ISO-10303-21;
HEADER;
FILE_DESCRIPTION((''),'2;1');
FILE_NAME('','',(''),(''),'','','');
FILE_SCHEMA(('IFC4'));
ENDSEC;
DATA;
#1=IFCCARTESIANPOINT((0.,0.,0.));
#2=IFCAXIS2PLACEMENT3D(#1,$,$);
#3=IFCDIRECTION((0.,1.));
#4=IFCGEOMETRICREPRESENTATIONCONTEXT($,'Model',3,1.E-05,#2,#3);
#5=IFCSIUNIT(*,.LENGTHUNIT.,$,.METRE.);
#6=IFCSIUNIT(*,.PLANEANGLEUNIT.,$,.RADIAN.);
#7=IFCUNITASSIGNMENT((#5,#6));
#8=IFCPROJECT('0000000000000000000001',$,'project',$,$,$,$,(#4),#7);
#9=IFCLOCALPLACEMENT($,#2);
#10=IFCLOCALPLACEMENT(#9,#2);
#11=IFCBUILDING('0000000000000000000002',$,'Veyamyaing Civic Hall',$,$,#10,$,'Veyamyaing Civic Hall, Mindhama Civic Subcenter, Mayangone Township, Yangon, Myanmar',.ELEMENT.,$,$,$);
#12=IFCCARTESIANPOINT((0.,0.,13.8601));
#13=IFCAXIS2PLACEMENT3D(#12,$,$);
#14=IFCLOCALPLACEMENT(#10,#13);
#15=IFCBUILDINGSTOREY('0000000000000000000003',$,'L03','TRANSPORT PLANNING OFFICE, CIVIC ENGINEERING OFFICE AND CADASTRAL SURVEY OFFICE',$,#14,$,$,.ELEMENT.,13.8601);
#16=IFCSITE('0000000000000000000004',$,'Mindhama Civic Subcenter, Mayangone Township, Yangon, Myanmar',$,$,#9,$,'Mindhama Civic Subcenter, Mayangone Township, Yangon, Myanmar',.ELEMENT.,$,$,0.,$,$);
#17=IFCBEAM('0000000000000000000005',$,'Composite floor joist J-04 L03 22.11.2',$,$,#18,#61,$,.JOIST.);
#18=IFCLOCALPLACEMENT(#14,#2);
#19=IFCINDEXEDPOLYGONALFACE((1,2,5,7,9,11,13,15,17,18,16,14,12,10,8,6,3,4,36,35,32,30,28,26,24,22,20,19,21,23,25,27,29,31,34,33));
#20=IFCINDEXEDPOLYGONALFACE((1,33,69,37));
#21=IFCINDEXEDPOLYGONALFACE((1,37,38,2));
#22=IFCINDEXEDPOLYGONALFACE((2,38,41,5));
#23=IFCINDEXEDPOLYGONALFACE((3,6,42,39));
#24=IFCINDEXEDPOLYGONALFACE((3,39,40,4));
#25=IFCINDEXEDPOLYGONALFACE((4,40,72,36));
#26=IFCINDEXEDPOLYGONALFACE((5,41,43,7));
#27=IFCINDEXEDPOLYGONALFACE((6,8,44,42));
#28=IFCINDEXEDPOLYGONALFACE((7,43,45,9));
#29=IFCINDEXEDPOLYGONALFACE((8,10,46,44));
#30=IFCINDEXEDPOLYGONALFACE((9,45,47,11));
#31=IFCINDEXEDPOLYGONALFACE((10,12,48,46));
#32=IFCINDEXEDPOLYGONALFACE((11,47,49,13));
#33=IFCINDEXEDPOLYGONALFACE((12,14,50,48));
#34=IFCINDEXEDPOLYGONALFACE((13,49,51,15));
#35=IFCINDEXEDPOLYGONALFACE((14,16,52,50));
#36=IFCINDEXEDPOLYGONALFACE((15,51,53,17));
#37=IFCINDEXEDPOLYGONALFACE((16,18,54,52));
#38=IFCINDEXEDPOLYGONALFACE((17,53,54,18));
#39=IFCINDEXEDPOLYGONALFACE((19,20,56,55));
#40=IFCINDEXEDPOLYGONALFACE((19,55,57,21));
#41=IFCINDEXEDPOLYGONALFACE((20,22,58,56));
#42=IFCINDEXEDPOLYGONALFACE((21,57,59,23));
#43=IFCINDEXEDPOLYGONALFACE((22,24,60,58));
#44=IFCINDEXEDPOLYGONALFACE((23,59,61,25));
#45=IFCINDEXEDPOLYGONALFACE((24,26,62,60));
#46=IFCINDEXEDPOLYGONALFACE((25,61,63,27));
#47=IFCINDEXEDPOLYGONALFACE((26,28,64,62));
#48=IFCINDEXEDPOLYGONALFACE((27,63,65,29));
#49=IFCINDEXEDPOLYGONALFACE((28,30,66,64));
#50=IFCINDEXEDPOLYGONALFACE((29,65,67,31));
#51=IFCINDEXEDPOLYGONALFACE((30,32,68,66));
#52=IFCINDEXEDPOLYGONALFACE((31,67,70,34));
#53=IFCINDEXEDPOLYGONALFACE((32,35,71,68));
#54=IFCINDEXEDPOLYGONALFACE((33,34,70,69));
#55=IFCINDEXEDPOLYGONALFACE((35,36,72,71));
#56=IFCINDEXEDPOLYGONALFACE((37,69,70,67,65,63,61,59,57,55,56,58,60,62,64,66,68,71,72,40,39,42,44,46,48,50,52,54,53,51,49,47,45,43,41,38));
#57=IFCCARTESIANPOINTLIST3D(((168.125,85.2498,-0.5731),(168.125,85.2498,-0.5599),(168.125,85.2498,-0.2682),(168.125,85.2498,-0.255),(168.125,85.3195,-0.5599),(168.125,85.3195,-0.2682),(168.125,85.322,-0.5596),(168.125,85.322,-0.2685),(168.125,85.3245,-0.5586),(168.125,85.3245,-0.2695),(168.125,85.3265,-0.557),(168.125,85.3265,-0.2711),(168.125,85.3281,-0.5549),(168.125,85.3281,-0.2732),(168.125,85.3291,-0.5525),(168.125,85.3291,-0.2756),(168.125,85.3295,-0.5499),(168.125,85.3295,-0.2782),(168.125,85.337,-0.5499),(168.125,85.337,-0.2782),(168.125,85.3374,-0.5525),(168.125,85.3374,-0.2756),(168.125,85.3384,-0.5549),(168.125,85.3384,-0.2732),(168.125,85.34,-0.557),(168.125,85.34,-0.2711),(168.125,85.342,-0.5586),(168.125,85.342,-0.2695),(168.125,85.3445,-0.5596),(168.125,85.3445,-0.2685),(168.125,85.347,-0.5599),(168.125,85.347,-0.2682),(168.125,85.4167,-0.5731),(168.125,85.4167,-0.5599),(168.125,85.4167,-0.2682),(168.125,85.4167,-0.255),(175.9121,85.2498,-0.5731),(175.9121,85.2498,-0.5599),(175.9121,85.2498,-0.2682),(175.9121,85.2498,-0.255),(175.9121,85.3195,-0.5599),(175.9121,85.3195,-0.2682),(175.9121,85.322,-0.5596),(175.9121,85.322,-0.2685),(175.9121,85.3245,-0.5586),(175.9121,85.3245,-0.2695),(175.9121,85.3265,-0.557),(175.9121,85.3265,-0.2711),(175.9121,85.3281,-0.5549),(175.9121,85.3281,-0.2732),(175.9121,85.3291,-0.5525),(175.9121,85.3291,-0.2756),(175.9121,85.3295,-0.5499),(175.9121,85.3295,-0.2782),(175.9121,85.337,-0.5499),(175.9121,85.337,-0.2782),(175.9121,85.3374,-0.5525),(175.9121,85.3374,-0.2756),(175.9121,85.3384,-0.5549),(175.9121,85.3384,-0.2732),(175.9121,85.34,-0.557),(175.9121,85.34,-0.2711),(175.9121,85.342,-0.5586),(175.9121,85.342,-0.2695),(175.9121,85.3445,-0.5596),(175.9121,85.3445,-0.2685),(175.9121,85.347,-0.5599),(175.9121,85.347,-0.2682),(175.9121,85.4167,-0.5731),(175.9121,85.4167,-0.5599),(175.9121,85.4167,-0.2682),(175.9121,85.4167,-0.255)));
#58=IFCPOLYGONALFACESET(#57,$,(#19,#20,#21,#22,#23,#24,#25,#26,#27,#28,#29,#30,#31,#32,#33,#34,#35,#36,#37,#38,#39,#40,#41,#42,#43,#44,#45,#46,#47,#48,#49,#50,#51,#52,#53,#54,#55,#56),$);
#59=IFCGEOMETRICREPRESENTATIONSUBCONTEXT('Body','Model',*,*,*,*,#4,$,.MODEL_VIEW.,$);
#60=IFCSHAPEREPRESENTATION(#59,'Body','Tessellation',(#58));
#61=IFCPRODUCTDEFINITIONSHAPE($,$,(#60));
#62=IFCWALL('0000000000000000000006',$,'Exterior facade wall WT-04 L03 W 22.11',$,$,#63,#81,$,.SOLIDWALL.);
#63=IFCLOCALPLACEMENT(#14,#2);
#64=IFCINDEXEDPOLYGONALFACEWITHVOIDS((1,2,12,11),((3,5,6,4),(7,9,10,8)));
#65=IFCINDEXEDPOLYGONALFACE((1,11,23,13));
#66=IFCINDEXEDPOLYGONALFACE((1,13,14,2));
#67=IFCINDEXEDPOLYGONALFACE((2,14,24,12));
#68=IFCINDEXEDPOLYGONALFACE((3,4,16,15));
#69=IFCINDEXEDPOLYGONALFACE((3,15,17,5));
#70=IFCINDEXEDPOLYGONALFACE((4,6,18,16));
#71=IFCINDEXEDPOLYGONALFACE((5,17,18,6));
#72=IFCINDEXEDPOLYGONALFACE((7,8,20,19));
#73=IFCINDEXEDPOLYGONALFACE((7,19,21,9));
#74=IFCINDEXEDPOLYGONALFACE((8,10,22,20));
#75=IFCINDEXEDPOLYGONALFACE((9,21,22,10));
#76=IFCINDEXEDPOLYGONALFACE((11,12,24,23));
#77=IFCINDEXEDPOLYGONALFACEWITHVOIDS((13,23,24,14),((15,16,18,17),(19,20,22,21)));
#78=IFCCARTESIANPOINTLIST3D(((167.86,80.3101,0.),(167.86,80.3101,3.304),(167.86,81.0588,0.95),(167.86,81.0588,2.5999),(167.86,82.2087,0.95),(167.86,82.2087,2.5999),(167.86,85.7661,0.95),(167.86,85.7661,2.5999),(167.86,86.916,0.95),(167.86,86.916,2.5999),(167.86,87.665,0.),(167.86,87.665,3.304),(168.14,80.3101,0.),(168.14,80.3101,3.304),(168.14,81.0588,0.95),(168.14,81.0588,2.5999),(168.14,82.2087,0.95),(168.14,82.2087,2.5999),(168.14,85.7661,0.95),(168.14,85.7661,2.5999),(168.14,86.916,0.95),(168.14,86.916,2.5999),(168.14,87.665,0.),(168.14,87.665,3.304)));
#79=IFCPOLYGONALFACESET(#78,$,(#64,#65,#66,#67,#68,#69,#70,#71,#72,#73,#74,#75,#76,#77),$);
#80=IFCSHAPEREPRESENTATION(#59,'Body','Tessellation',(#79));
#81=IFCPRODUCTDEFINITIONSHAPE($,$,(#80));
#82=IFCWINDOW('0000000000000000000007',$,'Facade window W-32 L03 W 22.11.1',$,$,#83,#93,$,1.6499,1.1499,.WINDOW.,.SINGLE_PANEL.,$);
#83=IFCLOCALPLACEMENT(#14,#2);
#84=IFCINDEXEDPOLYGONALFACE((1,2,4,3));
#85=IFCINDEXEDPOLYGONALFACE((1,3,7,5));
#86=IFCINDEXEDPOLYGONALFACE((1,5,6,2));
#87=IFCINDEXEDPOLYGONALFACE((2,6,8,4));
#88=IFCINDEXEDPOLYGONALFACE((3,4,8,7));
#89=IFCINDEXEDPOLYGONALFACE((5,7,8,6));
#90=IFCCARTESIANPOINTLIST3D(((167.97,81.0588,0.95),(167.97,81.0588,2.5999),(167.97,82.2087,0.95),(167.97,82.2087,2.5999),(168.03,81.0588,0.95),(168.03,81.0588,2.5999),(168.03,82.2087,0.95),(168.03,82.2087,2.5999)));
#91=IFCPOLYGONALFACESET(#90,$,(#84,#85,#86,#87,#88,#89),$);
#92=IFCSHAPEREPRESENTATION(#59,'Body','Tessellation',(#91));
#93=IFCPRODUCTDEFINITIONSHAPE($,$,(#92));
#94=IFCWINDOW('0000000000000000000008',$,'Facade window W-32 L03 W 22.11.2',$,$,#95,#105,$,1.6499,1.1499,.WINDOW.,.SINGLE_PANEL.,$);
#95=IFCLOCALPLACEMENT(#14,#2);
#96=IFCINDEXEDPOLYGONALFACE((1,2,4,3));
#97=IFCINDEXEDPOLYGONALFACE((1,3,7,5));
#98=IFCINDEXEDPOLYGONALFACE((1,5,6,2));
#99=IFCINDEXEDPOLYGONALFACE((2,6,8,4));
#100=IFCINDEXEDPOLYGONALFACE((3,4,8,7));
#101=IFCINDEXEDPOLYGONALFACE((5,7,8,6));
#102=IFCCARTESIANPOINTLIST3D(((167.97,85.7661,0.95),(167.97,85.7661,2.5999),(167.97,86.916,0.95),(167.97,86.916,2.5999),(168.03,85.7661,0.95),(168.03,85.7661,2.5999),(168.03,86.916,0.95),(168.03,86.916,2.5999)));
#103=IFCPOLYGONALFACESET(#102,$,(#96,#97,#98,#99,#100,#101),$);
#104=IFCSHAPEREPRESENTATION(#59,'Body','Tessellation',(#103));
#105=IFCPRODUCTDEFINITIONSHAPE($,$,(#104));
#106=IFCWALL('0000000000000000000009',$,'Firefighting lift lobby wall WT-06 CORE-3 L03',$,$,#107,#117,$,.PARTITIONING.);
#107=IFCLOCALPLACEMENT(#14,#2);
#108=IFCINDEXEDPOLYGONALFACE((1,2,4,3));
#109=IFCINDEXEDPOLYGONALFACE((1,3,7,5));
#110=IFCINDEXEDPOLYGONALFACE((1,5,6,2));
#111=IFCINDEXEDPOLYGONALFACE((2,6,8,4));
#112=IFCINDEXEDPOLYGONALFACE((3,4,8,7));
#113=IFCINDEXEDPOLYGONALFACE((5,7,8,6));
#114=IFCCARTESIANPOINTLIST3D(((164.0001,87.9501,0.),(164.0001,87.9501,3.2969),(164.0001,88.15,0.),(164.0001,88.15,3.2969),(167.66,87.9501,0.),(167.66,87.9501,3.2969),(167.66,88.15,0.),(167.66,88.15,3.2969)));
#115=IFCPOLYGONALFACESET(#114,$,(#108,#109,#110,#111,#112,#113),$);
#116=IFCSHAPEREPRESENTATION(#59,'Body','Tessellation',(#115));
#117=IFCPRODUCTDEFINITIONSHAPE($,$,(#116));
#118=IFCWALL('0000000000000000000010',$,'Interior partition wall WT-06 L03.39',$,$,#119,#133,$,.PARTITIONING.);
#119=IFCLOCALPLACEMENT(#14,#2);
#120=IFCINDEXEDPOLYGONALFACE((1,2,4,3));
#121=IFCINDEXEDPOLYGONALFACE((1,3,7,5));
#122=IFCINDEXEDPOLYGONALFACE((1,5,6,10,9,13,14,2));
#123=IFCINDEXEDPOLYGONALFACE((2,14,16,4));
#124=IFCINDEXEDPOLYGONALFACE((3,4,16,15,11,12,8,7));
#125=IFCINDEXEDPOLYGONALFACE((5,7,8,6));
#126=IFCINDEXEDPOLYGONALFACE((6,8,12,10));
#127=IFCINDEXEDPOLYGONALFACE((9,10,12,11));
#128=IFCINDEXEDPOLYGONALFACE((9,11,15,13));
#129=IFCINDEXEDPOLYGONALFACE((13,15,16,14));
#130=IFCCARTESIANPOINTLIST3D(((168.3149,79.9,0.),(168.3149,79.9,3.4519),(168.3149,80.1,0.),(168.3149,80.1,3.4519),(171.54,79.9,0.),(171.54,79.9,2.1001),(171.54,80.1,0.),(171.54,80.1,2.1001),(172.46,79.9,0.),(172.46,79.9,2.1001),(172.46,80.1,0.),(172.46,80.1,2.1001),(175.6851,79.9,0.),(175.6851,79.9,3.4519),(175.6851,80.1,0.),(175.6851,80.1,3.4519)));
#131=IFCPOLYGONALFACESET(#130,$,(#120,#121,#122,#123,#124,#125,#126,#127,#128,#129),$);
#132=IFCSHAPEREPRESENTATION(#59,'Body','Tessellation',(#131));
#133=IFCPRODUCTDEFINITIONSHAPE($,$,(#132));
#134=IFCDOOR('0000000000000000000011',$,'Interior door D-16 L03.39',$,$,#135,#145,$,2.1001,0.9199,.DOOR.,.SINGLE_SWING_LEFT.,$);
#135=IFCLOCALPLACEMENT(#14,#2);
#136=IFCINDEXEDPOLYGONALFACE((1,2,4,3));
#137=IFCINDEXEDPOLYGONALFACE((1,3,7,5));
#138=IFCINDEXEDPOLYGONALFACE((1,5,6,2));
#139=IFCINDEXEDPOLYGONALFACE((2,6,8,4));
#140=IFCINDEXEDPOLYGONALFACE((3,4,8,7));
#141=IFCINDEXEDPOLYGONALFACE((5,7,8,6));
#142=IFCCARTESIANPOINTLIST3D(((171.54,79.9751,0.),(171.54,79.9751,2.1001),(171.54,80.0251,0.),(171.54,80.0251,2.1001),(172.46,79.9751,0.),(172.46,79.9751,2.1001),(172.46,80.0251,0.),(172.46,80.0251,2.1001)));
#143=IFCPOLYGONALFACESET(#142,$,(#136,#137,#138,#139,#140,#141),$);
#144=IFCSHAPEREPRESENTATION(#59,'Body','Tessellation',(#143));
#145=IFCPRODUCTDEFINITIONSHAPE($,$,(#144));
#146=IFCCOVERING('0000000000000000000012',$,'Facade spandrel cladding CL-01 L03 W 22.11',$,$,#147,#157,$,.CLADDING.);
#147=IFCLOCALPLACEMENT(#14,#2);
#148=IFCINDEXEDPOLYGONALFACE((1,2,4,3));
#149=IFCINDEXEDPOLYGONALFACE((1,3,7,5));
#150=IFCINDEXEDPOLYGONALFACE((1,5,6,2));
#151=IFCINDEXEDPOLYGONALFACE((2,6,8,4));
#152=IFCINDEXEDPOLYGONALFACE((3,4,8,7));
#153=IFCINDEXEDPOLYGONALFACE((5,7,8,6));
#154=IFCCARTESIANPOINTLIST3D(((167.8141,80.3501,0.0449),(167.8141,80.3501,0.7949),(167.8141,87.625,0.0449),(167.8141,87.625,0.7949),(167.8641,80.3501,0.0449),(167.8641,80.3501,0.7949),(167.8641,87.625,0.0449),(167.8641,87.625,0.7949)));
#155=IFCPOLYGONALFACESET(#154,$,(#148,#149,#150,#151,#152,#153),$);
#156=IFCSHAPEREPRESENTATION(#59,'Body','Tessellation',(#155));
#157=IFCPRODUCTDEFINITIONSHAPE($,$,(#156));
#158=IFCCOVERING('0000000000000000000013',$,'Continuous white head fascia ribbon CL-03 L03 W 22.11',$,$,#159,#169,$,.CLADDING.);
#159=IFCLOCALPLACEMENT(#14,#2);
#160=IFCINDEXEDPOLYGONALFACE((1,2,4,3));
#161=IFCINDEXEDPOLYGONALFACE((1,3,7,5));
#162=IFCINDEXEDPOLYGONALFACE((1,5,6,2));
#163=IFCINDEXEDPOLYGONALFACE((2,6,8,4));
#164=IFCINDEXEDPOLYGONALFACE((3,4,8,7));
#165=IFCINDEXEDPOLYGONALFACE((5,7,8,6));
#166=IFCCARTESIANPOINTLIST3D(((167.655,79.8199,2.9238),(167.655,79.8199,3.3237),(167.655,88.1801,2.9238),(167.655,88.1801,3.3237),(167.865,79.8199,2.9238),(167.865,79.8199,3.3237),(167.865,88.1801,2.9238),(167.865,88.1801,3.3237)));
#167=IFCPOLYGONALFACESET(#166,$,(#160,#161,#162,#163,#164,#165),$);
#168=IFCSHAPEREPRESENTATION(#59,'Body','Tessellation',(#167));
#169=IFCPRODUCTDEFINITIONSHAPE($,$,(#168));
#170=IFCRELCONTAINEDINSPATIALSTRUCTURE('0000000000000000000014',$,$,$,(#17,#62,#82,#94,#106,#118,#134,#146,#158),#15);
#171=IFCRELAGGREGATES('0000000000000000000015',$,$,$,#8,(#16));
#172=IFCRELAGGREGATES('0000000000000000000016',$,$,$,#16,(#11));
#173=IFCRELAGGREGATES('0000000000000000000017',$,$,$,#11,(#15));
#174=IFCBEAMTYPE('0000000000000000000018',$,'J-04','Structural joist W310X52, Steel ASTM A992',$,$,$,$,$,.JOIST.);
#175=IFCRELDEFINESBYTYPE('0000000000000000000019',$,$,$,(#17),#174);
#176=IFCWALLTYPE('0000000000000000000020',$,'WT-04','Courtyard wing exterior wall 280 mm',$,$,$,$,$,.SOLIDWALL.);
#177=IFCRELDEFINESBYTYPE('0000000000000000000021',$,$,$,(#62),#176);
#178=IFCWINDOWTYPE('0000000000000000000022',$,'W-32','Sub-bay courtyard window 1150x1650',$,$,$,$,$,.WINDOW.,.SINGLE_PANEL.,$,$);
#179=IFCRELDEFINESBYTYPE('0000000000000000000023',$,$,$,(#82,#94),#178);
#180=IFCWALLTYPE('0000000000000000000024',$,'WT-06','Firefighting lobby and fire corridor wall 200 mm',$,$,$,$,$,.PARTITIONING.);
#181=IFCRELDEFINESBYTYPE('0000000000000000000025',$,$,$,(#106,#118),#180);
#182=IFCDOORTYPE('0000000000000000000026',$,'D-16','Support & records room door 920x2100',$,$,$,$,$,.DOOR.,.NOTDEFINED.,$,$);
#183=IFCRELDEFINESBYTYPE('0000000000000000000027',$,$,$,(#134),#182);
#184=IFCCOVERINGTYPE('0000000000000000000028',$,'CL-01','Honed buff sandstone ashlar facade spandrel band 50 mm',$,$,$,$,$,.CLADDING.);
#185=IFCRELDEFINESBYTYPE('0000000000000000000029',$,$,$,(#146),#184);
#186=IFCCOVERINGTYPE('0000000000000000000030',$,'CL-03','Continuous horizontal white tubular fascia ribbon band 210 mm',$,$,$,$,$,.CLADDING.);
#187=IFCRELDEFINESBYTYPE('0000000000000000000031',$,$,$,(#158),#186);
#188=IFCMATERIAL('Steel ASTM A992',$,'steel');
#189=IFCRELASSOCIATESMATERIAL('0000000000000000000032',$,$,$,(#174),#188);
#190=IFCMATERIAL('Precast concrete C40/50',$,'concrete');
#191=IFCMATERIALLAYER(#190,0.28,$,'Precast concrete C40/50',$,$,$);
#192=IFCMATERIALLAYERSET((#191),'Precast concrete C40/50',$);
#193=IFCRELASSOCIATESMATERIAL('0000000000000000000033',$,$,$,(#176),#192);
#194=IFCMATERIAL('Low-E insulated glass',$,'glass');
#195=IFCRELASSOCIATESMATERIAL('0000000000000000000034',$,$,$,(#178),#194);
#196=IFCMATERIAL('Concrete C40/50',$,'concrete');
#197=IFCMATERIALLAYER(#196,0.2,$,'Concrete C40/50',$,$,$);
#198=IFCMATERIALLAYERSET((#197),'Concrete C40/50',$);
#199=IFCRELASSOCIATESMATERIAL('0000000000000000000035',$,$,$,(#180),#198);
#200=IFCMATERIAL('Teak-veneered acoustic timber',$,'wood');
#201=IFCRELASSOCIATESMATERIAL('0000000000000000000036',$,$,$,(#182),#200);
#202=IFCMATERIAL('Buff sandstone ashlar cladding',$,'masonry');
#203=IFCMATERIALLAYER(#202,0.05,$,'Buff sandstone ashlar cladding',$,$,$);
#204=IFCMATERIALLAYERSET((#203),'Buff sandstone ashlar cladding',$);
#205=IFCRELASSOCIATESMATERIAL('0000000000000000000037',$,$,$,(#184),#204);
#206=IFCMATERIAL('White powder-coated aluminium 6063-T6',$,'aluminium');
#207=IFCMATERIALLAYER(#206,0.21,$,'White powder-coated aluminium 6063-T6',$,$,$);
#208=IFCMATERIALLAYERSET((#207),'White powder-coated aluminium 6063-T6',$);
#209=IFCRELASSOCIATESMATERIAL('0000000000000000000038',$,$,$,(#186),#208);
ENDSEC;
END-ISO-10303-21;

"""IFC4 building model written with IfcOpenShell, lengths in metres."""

from ifc_helpers import new_model, si_unit, direction, frame, frame_2d, origin, origin_2d, place, context, subcontext, project, spatial, rectangle, i_section, extrude, material, layer, layer_set, material_profile, profile_set, type_object, element, fill, save


model = new_model("IFC4")

# Units and contexts
model_context = context("Model", 3, precision=1e-05, world=origin(), true_north=direction((0.0, 1.0)))
body_context = subcontext(model_context, "Body", "Model", "MODEL_VIEW")
ifc_project = project(units=[si_unit("LENGTHUNIT", "METRE"), si_unit("PLANEANGLEUNIT", "RADIAN")], contexts=[model_context])

# Site, building, storey
site_placement = place(None, origin())
site = spatial("IfcSite", under=ifc_project, at=site_placement, Name="Mindhama Civic Subcenter, Mayangone Township, Yangon, Myanmar", LongName="Mindhama Civic Subcenter, Mayangone Township, Yangon, Myanmar", CompositionType="ELEMENT", RefElevation=0.0)
building_placement = place(site_placement, origin())
building = spatial("IfcBuilding", under=site, at=building_placement, Name="Veyamyaing Civic Hall", LongName="Veyamyaing Civic Hall, Mindhama Civic Subcenter, Mayangone Township, Yangon, Myanmar", CompositionType="ELEMENT")
storey_placement = place(building_placement, frame((0.0, 0.0, 13.8601)))
storey = spatial("IfcBuildingStorey", under=building, at=storey_placement, Name="L03", Description="TRANSPORT PLANNING OFFICE, CIVIC ENGINEERING OFFICE AND CADASTRAL SURVEY OFFICE", CompositionType="ELEMENT", Elevation=13.8601)

# Beam
ifc_material_1 = material(Name="Steel ASTM A992", Category="steel")
ifc_material_profile_1 = material_profile(ifc_material_1, i_section(OverallWidth=0.167, OverallDepth=0.3181, WebThickness=0.0076, FlangeThickness=0.0132, FilletRadius=0.01, at=origin_2d()), Name="W310X52")
ifc_profile_set_1 = profile_set([ifc_material_profile_1], Name="Steel ASTM A992")
beam_type_1 = type_object("IfcBeamType", Name="J-04", Description="Structural joist W310X52, Steel ASTM A992", PredefinedType="JOIST", material=ifc_profile_set_1)
for number, where, z_axis, x_axis, name in (
    (1, (168.125, 85.3333, -0.4141), (1.0, 0.0, 0.0), (0.0, 1.0, 0.0), "Composite floor joist J-04 L03 22.11.2"),
):
    element("IfcBeam", number, at=place(storey_placement, frame(where, z_axis=z_axis, x_axis=x_axis)), inside=storey, type_object=beam_type_1, Name=name, PredefinedType="JOIST", context=body_context, shape_type="SweptSolid", body=[
        extrude(i_section(OverallWidth=0.167, OverallDepth=0.3181, WebThickness=0.0076, FlangeThickness=0.0132, FilletRadius=0.01, at=origin_2d()), origin(), (0.0, 0.0, 1.0), 7.7871),
    ])

# Wall, openings, windows
ifc_material_2 = material(Name="Precast concrete C40/50", Category="concrete")
ifc_layer_1 = layer(ifc_material_2, 0.28, Name="Precast concrete C40/50")
ifc_layer_set_1 = layer_set([ifc_layer_1], Name="Precast concrete C40/50")
wall_type_1 = type_object("IfcWallType", Name="WT-04", Description="Courtyard wing exterior wall 280 mm", PredefinedType="SOLIDWALL", material=ifc_layer_set_1)
wall_1_placement = place(storey_placement, frame((168.0, 80.3101, 0.0), z_axis=(0.0, 0.0, 1.0), x_axis=(0.0, 1.0, 0.0)))
wall_1 = element("IfcWall", 2, at=wall_1_placement, inside=storey, type_object=wall_type_1, Name="Exterior facade wall WT-04 L03 W 22.11", PredefinedType="SOLIDWALL", context=body_context, shape_type="SweptSolid", body=[
    extrude(rectangle(XDim=7.355, YDim=0.28, at=frame_2d((3.6775, 0.0))), origin(), (0.0, 0.0, 1.0), 3.304),
])
opening_1_placement = place(wall_1_placement, frame((0.7488, 0.0, 0.95)))
opening_1 = element("IfcOpeningElement", 3, at=opening_1_placement, cuts=wall_1, PredefinedType="OPENING", context=body_context, shape_type="SweptSolid", body=[
    extrude(rectangle(XDim=1.1499, YDim=1.6499, at=frame_2d((0.575, 0.825))), frame((0.0, 0.1499, 0.0), z_axis=(0.0, -1.0, 0.0), x_axis=(1.0, 0.0, 0.0)), (0.0, 0.0, 1.0), 0.3),
])
opening_2_placement = place(wall_1_placement, frame((5.4561, 0.0, 0.95)))
opening_2 = element("IfcOpeningElement", 4, at=opening_2_placement, cuts=wall_1, PredefinedType="OPENING", context=body_context, shape_type="SweptSolid", body=[
    extrude(rectangle(XDim=1.1499, YDim=1.6499, at=frame_2d((0.575, 0.825))), frame((0.0, 0.1499, 0.0), z_axis=(0.0, -1.0, 0.0), x_axis=(1.0, 0.0, 0.0)), (0.0, 0.0, 1.0), 0.3),
])
ifc_material_3 = material(Name="Low-E insulated glass", Category="glass")
window_type = type_object("IfcWindowType", Name="W-32", Description="Sub-bay courtyard window 1150x1650", PartitioningType="SINGLE_PANEL", PredefinedType="WINDOW", material=ifc_material_3)
window_1_placement = place(opening_1_placement, origin())
window_1 = element("IfcWindow", 5, at=window_1_placement, inside=storey, type_object=window_type, Name="Facade window W-32 L03 W 22.11.1", OverallHeight=1.6499, OverallWidth=1.1499, PartitioningType="SINGLE_PANEL", PredefinedType="WINDOW", context=body_context, shape_type="SweptSolid", body=[
    extrude(rectangle(XDim=1.1499, YDim=1.6499, at=frame_2d((0.575, 0.825))), frame((0.0, 0.03, 0.0), z_axis=(0.0, -1.0, 0.0), x_axis=(1.0, 0.0, 0.0)), (0.0, 0.0, 1.0), 0.0601),
])
fill(opening_1, window_1)
window_2_placement = place(opening_2_placement, origin())
window_2 = element("IfcWindow", 6, at=window_2_placement, inside=storey, type_object=window_type, Name="Facade window W-32 L03 W 22.11.2", OverallHeight=1.6499, OverallWidth=1.1499, PartitioningType="SINGLE_PANEL", PredefinedType="WINDOW", context=body_context, shape_type="SweptSolid", body=[
    extrude(rectangle(XDim=1.1499, YDim=1.6499, at=frame_2d((0.575, 0.825))), frame((0.0, 0.03, 0.0), z_axis=(0.0, -1.0, 0.0), x_axis=(1.0, 0.0, 0.0)), (0.0, 0.0, 1.0), 0.0601),
])
fill(opening_2, window_2)

# Shared definitions
ifc_material_4 = material(Name="Concrete C40/50", Category="concrete")

# Wall
ifc_layer_2 = layer(ifc_material_4, 0.2, Name="Concrete C40/50")
ifc_layer_set_2 = layer_set([ifc_layer_2], Name="Concrete C40/50")
wall_type_2 = type_object("IfcWallType", Name="WT-06", Description="Firefighting lobby and fire corridor wall 200 mm", PredefinedType="PARTITIONING", material=ifc_layer_set_2)
wall_2_placement = place(storey_placement, frame((164.0, 88.05, 0.0), z_axis=(0.0, 0.0, 1.0), x_axis=(1.0, 0.0, 0.0)))
element("IfcWall", 7, at=wall_2_placement, inside=storey, type_object=wall_type_2, Name="Firefighting lift lobby wall WT-06 CORE-3 L03", PredefinedType="PARTITIONING", context=body_context, shape_type="SweptSolid", body=[
    extrude(rectangle(XDim=3.6599, YDim=0.2, at=frame_2d((1.8301, 0.0))), origin(), (0.0, 0.0, 1.0), 3.2969),
])

# Wall, opening, door
wall_3_placement = place(storey_placement, frame((168.3149, 80.0, 0.0), z_axis=(0.0, 0.0, 1.0), x_axis=(1.0, 0.0, 0.0)))
wall_3 = element("IfcWall", 8, at=wall_3_placement, inside=storey, type_object=wall_type_2, Name="Interior partition wall WT-06 L03.39", PredefinedType="PARTITIONING", context=body_context, shape_type="SweptSolid", body=[
    extrude(rectangle(XDim=7.3701, YDim=0.2, at=frame_2d((3.6851, 0.0))), origin(), (0.0, 0.0, 1.0), 3.4519),
])
opening_3_placement = place(wall_3_placement, frame((3.2251, 0.0, 0.0)))
opening_3 = element("IfcOpeningElement", 9, at=opening_3_placement, cuts=wall_3, PredefinedType="OPENING", context=body_context, shape_type="SweptSolid", body=[
    extrude(rectangle(XDim=0.9199, YDim=2.1001, at=frame_2d((0.46, 1.05))), frame((0.0, 0.1099, 0.0), z_axis=(0.0, -1.0, 0.0), x_axis=(1.0, 0.0, 0.0)), (0.0, 0.0, 1.0), 0.22),
])
ifc_material_5 = material(Name="Teak-veneered acoustic timber", Category="wood")
door_type_1 = type_object("IfcDoorType", Name="D-16", Description="Support & records room door 920x2100", OperationType="NOTDEFINED", PredefinedType="DOOR", material=ifc_material_5)
door_1_placement = place(opening_3_placement, frame((0.9199, 0.0, 0.0), z_axis=(0.0, 0.0, 1.0), x_axis=(-1.0, 0.0, 0.0)))
door_1 = element("IfcDoor", 10, at=door_1_placement, inside=storey, type_object=door_type_1, Name="Interior door D-16 L03.39", OperationType="SINGLE_SWING_LEFT", OverallHeight=2.1001, OverallWidth=0.9199, PredefinedType="DOOR", context=body_context, shape_type="SweptSolid", body=[
    extrude(rectangle(XDim=0.9199, YDim=2.1001, at=frame_2d((0.46, 1.05))), frame((0.0, 0.0249, 0.0), z_axis=(0.0, -1.0, 0.0), x_axis=(1.0, 0.0, 0.0)), (0.0, 0.0, 1.0), 0.05),
])
fill(opening_3, door_1)

# Coverings
ifc_material_6 = material(Name="Buff sandstone ashlar cladding", Category="masonry")
ifc_layer_3 = layer(ifc_material_6, 0.05, Name="Buff sandstone ashlar cladding")
ifc_layer_set_3 = layer_set([ifc_layer_3], Name="Buff sandstone ashlar cladding")
covering_type_1 = type_object("IfcCoveringType", Name="CL-01", Description="Honed buff sandstone ashlar facade spandrel band 50 mm", PredefinedType="CLADDING", material=ifc_layer_set_3)
covering_placement = place(storey_placement, frame((167.8391, 83.9875, 0.0449), z_axis=(0.0, 0.0, 1.0), x_axis=(0.0, 1.0, 0.0)))
element("IfcCovering", 11, at=covering_placement, inside=storey, type_object=covering_type_1, Name="Facade spandrel cladding CL-01 L03 W 22.11", PredefinedType="CLADDING", context=body_context, shape_type="SweptSolid", body=[
    extrude(rectangle(XDim=7.2749, YDim=0.05, at=origin_2d()), origin(), (0.0, 0.0, 1.0), 0.75),
])
ifc_material_7 = material(Name="White powder-coated aluminium 6063-T6", Category="aluminium")
ifc_layer_4 = layer(ifc_material_7, 0.21, Name="White powder-coated aluminium 6063-T6")
ifc_layer_set_4 = layer_set([ifc_layer_4], Name="White powder-coated aluminium 6063-T6")
covering_type_2 = type_object("IfcCoveringType", Name="CL-03", Description="Continuous horizontal white tubular fascia ribbon band 210 mm", PredefinedType="CLADDING", material=ifc_layer_set_4)
for number, where, z_axis, x_axis, name in (
    (12, (167.76, 84.0, 2.9238), (0.0, 0.0, 1.0), (0.0, 1.0, 0.0), "Continuous white head fascia ribbon CL-03 L03 W 22.11"),
):
    element("IfcCovering", number, at=place(storey_placement, frame(where, z_axis=z_axis, x_axis=x_axis)), inside=storey, type_object=covering_type_2, Name=name, PredefinedType="CLADDING", context=body_context, shape_type="SweptSolid", body=[
        extrude(rectangle(XDim=8.3601, YDim=0.21, at=origin_2d()), origin(), (0.0, 0.0, 1.0), 0.3999),
    ])

save(model, "model.ifc")
